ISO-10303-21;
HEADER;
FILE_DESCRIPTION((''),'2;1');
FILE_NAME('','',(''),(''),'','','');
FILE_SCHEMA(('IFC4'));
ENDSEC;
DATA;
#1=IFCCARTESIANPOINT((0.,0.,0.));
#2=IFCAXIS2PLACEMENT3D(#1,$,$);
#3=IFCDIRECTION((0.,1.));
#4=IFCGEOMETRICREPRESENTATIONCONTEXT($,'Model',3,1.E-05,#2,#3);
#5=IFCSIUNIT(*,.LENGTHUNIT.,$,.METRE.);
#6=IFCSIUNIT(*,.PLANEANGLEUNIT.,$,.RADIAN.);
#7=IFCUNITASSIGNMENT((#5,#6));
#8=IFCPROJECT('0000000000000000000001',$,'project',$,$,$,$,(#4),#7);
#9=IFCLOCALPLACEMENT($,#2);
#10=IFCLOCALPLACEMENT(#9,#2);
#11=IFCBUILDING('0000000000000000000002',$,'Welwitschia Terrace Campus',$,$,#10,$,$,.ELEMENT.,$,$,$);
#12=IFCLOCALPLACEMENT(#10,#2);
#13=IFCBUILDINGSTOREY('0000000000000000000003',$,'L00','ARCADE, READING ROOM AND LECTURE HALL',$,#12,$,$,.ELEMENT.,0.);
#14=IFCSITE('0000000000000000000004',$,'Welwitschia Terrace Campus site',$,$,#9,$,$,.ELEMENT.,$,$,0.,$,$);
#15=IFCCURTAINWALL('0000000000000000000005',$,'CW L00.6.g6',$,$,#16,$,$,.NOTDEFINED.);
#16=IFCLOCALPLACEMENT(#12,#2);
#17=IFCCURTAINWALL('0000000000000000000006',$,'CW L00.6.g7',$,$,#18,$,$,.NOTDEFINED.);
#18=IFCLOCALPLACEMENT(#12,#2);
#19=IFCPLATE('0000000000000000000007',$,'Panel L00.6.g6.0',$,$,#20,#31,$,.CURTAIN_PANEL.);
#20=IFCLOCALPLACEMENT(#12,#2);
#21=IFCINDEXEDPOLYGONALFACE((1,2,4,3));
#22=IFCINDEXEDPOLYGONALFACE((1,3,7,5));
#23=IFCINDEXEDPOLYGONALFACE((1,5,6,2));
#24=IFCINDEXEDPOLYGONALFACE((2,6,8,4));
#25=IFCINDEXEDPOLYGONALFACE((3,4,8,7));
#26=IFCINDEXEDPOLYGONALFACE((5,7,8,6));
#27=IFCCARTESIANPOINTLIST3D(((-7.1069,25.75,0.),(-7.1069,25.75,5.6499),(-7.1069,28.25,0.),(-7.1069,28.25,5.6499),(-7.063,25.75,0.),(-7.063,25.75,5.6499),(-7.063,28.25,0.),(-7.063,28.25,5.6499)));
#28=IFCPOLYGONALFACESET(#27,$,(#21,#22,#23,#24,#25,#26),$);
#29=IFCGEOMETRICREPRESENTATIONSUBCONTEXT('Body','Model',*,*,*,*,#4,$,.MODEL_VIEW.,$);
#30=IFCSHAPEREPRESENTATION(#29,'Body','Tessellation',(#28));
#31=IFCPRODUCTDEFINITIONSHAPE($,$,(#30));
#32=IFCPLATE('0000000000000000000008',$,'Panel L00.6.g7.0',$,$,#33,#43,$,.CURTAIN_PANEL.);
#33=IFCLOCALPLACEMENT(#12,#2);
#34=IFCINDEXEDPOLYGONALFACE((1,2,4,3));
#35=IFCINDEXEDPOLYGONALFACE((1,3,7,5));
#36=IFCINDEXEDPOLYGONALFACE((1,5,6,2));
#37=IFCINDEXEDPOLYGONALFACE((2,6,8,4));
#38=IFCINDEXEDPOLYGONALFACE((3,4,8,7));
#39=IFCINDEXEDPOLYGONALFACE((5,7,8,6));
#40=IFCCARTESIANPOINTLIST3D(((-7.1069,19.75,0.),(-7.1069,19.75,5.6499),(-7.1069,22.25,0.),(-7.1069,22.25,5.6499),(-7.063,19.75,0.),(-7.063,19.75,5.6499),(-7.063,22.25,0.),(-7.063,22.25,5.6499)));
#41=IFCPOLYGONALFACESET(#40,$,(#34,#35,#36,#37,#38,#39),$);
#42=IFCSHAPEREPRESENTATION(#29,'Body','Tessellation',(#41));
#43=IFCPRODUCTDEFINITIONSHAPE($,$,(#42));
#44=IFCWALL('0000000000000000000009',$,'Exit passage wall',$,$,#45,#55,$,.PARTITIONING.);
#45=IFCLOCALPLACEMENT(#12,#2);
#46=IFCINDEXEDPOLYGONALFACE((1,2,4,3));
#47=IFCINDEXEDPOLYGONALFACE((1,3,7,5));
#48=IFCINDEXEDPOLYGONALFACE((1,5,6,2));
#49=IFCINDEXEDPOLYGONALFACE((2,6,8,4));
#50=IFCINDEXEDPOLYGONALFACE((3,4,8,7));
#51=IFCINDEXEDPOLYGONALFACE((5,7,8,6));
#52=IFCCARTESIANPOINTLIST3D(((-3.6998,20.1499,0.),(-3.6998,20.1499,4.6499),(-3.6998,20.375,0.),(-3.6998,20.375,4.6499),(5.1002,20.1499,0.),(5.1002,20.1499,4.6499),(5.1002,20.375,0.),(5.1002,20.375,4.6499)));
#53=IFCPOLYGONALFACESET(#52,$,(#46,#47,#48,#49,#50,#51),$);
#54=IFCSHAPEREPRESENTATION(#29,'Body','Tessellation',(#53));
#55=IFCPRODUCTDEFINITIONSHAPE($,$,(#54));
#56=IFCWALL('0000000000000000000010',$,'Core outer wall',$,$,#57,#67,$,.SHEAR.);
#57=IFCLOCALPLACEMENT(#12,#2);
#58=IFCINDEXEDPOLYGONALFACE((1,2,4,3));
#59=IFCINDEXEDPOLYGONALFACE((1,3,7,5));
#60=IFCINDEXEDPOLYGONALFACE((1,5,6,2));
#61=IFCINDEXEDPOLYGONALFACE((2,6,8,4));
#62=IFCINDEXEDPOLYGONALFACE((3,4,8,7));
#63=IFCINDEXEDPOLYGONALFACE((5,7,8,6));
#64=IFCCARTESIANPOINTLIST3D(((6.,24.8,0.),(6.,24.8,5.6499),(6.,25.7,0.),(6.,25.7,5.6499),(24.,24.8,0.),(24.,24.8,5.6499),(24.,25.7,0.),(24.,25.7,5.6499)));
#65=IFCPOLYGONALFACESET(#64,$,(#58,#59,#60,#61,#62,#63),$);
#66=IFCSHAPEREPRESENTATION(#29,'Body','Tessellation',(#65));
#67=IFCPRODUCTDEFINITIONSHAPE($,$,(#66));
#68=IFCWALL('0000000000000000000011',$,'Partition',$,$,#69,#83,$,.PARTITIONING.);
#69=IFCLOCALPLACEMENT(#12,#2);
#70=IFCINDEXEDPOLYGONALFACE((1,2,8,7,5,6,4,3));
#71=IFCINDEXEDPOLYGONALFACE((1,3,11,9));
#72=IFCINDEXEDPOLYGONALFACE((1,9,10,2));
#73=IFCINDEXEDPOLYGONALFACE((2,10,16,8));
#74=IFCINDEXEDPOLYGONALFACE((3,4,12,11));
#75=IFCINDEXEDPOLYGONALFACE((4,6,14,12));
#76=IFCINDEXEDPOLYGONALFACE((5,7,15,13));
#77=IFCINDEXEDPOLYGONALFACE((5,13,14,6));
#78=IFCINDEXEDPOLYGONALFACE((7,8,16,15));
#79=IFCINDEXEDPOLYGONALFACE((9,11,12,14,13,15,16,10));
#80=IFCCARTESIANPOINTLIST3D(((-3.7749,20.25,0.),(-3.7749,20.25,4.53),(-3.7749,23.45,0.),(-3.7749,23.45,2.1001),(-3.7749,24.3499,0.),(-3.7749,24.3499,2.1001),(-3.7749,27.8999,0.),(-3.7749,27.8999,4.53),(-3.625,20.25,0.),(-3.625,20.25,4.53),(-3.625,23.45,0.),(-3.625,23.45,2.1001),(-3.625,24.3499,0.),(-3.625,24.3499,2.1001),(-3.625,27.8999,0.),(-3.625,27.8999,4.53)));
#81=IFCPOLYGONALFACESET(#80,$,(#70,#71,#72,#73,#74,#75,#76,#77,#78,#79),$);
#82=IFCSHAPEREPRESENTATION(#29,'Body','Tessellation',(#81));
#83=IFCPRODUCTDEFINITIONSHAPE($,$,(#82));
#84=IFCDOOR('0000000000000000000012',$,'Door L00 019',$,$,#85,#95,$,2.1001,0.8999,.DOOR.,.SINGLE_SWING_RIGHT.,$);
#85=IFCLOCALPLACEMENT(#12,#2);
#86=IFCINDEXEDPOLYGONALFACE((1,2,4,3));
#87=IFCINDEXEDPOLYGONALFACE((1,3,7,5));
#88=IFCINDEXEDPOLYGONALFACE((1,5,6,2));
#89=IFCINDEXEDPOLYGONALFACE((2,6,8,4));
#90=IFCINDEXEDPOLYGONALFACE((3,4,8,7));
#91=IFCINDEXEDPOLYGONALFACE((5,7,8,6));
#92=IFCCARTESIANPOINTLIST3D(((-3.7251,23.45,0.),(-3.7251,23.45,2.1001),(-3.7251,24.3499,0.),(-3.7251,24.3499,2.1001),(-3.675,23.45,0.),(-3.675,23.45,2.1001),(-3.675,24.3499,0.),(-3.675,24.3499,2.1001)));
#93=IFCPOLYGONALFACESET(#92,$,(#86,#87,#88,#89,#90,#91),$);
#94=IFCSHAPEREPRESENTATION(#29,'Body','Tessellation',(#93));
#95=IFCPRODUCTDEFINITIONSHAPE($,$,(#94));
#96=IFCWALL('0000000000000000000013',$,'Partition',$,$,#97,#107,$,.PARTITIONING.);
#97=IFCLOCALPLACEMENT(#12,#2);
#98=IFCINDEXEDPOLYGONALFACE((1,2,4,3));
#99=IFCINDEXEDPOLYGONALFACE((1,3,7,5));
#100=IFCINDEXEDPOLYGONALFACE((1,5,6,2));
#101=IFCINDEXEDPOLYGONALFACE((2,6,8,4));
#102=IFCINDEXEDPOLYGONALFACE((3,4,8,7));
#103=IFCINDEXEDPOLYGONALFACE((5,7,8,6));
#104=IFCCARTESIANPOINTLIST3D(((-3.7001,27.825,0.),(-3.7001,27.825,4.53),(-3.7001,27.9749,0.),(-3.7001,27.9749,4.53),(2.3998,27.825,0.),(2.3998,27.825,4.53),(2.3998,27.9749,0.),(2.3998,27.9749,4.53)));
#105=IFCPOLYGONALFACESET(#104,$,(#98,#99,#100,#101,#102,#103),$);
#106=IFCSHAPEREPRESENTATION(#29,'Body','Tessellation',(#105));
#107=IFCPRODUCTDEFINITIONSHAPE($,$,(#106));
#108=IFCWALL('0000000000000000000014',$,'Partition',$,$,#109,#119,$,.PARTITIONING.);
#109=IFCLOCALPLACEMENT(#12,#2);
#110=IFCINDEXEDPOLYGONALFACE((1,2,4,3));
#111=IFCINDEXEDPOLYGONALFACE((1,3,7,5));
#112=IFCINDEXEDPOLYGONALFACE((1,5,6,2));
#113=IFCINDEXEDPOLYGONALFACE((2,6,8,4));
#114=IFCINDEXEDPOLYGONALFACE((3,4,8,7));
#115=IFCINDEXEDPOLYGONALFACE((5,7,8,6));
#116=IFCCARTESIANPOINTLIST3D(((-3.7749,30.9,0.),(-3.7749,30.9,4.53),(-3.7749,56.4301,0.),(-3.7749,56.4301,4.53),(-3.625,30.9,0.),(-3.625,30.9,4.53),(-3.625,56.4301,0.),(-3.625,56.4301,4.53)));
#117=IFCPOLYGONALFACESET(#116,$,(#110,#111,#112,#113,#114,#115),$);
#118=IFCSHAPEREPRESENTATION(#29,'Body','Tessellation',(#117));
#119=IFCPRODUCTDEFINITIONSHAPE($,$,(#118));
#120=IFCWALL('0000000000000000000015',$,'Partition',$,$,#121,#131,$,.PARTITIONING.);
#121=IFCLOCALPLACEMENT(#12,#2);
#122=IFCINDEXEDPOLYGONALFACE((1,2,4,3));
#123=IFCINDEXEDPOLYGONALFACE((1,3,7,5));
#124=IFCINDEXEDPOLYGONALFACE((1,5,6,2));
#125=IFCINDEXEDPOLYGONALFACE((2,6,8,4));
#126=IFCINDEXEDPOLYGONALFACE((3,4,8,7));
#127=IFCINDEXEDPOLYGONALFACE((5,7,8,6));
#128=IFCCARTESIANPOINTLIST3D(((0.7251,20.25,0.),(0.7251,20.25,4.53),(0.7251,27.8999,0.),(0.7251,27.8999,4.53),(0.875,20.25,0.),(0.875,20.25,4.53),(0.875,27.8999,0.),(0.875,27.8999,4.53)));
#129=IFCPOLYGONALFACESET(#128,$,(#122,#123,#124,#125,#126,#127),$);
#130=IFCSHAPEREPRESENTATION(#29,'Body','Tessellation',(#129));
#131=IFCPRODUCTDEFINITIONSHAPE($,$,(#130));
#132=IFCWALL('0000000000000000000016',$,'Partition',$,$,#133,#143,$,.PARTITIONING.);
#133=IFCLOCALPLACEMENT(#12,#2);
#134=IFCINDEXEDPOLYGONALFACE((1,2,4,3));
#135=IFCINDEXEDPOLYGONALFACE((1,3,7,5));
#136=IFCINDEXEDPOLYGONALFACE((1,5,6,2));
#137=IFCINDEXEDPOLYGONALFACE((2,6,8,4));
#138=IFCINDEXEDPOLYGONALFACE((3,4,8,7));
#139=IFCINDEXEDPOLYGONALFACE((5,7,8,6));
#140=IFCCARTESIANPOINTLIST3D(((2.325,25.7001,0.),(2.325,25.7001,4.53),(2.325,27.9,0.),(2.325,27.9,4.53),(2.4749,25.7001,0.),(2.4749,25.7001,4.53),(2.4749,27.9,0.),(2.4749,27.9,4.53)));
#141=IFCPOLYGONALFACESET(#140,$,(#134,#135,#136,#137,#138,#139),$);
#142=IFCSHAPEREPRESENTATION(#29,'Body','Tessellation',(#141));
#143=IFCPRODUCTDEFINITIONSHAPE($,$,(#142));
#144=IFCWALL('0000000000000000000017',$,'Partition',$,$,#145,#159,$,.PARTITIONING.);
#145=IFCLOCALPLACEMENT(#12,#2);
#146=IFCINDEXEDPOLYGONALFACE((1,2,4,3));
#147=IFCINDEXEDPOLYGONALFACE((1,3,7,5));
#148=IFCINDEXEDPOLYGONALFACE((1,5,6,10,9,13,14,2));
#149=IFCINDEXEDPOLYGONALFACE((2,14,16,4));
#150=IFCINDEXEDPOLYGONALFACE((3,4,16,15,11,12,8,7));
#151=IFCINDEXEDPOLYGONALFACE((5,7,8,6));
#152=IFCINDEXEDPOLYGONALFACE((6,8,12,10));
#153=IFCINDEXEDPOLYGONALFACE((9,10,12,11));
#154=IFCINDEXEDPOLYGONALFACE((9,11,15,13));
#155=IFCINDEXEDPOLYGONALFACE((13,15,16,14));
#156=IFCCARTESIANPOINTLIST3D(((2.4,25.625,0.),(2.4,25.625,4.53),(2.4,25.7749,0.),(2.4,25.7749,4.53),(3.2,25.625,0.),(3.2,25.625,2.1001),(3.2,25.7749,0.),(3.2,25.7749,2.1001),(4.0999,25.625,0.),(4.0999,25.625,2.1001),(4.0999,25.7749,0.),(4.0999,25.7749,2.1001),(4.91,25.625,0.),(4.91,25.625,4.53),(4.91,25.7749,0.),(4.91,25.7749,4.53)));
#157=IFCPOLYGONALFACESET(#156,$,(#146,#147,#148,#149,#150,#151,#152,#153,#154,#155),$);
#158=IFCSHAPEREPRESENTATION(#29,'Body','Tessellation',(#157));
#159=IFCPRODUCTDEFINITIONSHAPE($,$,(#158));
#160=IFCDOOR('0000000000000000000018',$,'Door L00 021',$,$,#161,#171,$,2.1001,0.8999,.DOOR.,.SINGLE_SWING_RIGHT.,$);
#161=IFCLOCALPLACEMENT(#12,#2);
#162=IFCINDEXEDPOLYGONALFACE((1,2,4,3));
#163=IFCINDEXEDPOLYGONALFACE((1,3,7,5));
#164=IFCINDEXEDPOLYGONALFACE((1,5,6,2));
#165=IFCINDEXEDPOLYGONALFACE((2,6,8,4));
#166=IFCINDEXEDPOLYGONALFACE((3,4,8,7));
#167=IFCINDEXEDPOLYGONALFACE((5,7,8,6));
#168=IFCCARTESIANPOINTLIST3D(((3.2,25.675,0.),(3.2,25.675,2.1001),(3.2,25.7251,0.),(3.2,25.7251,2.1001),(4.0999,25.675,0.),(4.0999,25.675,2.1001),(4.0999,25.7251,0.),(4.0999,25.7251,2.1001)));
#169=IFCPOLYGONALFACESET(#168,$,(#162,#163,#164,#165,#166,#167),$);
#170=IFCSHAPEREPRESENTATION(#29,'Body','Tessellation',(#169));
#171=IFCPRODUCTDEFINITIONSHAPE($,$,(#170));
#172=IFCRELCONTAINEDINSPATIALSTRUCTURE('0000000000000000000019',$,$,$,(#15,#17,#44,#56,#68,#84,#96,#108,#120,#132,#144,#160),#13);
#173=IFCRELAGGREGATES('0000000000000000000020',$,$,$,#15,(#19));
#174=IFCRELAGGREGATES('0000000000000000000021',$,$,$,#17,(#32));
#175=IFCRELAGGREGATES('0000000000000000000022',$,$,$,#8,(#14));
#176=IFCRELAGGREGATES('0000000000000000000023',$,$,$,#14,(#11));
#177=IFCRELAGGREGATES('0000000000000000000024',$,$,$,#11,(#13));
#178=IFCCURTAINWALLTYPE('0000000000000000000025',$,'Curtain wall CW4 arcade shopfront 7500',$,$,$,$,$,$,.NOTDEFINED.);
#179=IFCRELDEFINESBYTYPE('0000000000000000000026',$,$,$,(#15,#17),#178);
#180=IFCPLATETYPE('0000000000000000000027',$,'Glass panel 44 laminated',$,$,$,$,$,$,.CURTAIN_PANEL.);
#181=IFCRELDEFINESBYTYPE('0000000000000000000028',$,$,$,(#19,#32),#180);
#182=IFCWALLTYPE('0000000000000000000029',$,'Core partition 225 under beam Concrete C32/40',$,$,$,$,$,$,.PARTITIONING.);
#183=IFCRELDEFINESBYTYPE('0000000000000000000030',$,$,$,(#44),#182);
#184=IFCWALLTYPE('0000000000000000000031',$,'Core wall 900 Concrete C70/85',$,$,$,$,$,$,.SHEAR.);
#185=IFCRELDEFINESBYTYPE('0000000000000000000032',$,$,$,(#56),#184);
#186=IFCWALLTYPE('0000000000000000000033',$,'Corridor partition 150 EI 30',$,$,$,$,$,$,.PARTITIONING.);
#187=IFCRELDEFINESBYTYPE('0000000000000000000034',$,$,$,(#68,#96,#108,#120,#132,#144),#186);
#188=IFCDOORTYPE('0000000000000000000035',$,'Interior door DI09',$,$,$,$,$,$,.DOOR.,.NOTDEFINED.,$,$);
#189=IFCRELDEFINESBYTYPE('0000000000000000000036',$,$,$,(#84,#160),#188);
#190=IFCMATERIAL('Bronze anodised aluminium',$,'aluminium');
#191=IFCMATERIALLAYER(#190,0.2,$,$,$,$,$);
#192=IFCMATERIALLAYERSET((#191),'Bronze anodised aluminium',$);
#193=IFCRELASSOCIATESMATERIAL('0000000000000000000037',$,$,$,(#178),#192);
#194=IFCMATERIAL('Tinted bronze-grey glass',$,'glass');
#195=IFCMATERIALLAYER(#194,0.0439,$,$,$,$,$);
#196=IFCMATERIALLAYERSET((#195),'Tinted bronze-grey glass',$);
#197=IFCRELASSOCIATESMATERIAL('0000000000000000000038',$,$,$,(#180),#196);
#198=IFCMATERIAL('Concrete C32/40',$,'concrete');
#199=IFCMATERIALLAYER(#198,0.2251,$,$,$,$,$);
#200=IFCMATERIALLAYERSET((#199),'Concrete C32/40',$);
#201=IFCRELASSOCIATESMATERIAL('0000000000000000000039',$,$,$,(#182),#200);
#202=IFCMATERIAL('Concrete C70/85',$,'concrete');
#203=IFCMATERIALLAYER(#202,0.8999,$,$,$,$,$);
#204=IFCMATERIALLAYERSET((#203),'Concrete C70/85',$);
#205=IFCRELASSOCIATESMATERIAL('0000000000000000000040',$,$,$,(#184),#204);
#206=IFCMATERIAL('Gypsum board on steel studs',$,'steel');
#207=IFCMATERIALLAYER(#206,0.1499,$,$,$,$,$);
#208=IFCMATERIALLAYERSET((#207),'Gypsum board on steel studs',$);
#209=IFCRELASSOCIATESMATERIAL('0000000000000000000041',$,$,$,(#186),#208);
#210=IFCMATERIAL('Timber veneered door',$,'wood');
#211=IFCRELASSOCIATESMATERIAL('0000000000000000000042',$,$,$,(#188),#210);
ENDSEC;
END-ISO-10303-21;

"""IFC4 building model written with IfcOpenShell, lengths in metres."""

from ifc_helpers import new_model, si_unit, direction, frame, frame_2d, origin, origin_2d, place, context, subcontext, project, spatial, rectangle, extrude, material, layer, layer_set, type_object, element, fill, aggregate, save


model = new_model("IFC4")

# Units and contexts
model_context = context("Model", 3, precision=1e-05, world=origin(), true_north=direction((0.0, 1.0)))
body_context = subcontext(model_context, "Body", "Model", "MODEL_VIEW")
ifc_project = project(units=[si_unit("LENGTHUNIT", "METRE"), si_unit("PLANEANGLEUNIT", "RADIAN")], contexts=[model_context])

# Site, building, storey
site_placement = place(None, origin())
site = spatial("IfcSite", under=ifc_project, at=site_placement, Name="Welwitschia Terrace Campus site", CompositionType="ELEMENT", RefElevation=0.0)
building_placement = place(site_placement, origin())
building = spatial("IfcBuilding", under=site, at=building_placement, Name="Welwitschia Terrace Campus", CompositionType="ELEMENT")
storey_placement = place(building_placement, origin())
storey = spatial("IfcBuildingStorey", under=building, at=storey_placement, Name="L00", Description="ARCADE, READING ROOM AND LECTURE HALL", CompositionType="ELEMENT", Elevation=0.0)

# Curtain wall
ifc_material_1 = material(Name="Bronze anodised aluminium", Category="aluminium")
ifc_layer_1 = layer(ifc_material_1, 0.2)
ifc_layer_set_1 = layer_set([ifc_layer_1], Name="Bronze anodised aluminium")
curtain_wall_type = type_object("IfcCurtainWallType", Name="Curtain wall CW4 arcade shopfront 7500", PredefinedType="NOTDEFINED", material=ifc_layer_set_1)
curtain_wall_1_placement = place(storey_placement, origin())
curtain_wall_1 = element("IfcCurtainWall", 1, at=curtain_wall_1_placement, inside=storey, type_object=curtain_wall_type, Name="CW L00.6.g6", PredefinedType="NOTDEFINED")

# Curtain wall
curtain_wall_2_placement = place(storey_placement, origin())
curtain_wall_2 = element("IfcCurtainWall", 2, at=curtain_wall_2_placement, inside=storey, type_object=curtain_wall_type, Name="CW L00.6.g7", PredefinedType="NOTDEFINED")

# Plates
ifc_material_2 = material(Name="Tinted bronze-grey glass", Category="glass")
ifc_layer_2 = layer(ifc_material_2, 0.0439)
ifc_layer_set_2 = layer_set([ifc_layer_2], Name="Tinted bronze-grey glass")
plate_type = type_object("IfcPlateType", Name="Glass panel 44 laminated", PredefinedType="CURTAIN_PANEL", material=ifc_layer_set_2)
plate_1_placement = place(storey_placement, frame((-7.085, 27.0, 0.0), z_axis=(0.0, 0.0, 1.0), x_axis=(0.0, -1.0, 0.0)))
plate_1 = element("IfcPlate", 3, at=plate_1_placement, type_object=plate_type, Name="Panel L00.6.g6.0", PredefinedType="CURTAIN_PANEL", context=body_context, shape_type="SweptSolid", body=[
    extrude(rectangle(XDim=2.5, YDim=0.0439, at=origin_2d()), origin(), (0.0, 0.0, 1.0), 5.6499),
])
aggregate(curtain_wall_1, [plate_1])
plate_2_placement = place(storey_placement, frame((-7.085, 21.0, 0.0), z_axis=(0.0, 0.0, 1.0), x_axis=(0.0, -1.0, 0.0)))
plate_2 = element("IfcPlate", 4, at=plate_2_placement, type_object=plate_type, Name="Panel L00.6.g7.0", PredefinedType="CURTAIN_PANEL", context=body_context, shape_type="SweptSolid", body=[
    extrude(rectangle(XDim=2.5, YDim=0.0439, at=origin_2d()), origin(), (0.0, 0.0, 1.0), 5.6499),
])
aggregate(curtain_wall_2, [plate_2])

# Walls
ifc_material_3 = material(Name="Concrete C32/40", Category="concrete")
ifc_layer_3 = layer(ifc_material_3, 0.2251)
ifc_layer_set_3 = layer_set([ifc_layer_3], Name="Concrete C32/40")
wall_type_1 = type_object("IfcWallType", Name="Core partition 225 under beam Concrete C32/40", PredefinedType="PARTITIONING", material=ifc_layer_set_3)
wall_1_placement = place(storey_placement, frame((5.1001, 20.2625, 0.0), z_axis=(0.0, 0.0, 1.0), x_axis=(-1.0, 0.0, 0.0)))
element("IfcWall", 5, at=wall_1_placement, inside=storey, type_object=wall_type_1, Name="Exit passage wall", PredefinedType="PARTITIONING", context=body_context, shape_type="SweptSolid", body=[
    extrude(rectangle(XDim=8.8, YDim=0.2251, at=frame_2d((4.3999, 0.0))), origin(), (0.0, 0.0, 1.0), 4.6499),
])
ifc_material_4 = material(Name="Concrete C70/85", Category="concrete")
ifc_layer_4 = layer(ifc_material_4, 0.8999)
ifc_layer_set_4 = layer_set([ifc_layer_4], Name="Concrete C70/85")
wall_type_2 = type_object("IfcWallType", Name="Core wall 900 Concrete C70/85", PredefinedType="SHEAR", material=ifc_layer_set_4)
wall_2_placement = place(storey_placement, frame((6.0, 25.25, 0.0), z_axis=(0.0, 0.0, 1.0), x_axis=(1.0, 0.0, 0.0)))
element("IfcWall", 6, at=wall_2_placement, inside=storey, type_object=wall_type_2, Name="Core outer wall", PredefinedType="SHEAR", context=body_context, shape_type="SweptSolid", body=[
    extrude(rectangle(XDim=18.0, YDim=0.8999, at=frame_2d((9.0, 0.0))), origin(), (0.0, 0.0, 1.0), 5.6499),
])

# Wall, opening, door
ifc_material_5 = material(Name="Gypsum board on steel studs", Category="steel")
ifc_layer_5 = layer(ifc_material_5, 0.1499)
ifc_layer_set_5 = layer_set([ifc_layer_5], Name="Gypsum board on steel studs")
wall_type_3 = type_object("IfcWallType", Name="Corridor partition 150 EI 30", PredefinedType="PARTITIONING", material=ifc_layer_set_5)
wall_3_placement = place(storey_placement, frame((-3.7, 27.8999, 0.0), z_axis=(0.0, 0.0, 1.0), x_axis=(0.0, -1.0, 0.0)))
wall_3 = element("IfcWall", 7, at=wall_3_placement, inside=storey, type_object=wall_type_3, Name="Partition", PredefinedType="PARTITIONING", context=body_context, shape_type="SweptSolid", body=[
    extrude(rectangle(XDim=7.6499, YDim=0.1499, at=frame_2d((3.825, 0.0))), origin(), (0.0, 0.0, 1.0), 4.53),
])
opening_1_placement = place(wall_3_placement, frame((3.55, 0.0, 0.0)))
opening_1 = element("IfcOpeningElement", 8, at=opening_1_placement, cuts=wall_3, PredefinedType="OPENING", context=body_context, shape_type="SweptSolid", body=[
    extrude(rectangle(XDim=0.8999, YDim=2.1001, at=frame_2d((0.45, 1.05))), frame((0.0, 0.085, 0.0), z_axis=(0.0, -1.0, 0.0), x_axis=(1.0, 0.0, 0.0)), (0.0, 0.0, 1.0), 0.1699),
])
ifc_material_6 = material(Name="Timber veneered door", Category="wood")
door_type_1 = type_object("IfcDoorType", Name="Interior door DI09", OperationType="NOTDEFINED", PredefinedType="DOOR", material=ifc_material_6)
door_1_placement = place(opening_1_placement, origin())
door_1 = element("IfcDoor", 9, at=door_1_placement, inside=storey, type_object=door_type_1, Name="Door L00 019", OperationType="SINGLE_SWING_RIGHT", OverallHeight=2.1001, OverallWidth=0.8999, PredefinedType="DOOR", context=body_context, shape_type="SweptSolid", body=[
    extrude(rectangle(XDim=0.8999, YDim=2.1001, at=frame_2d((0.45, 1.05))), frame((0.0, 0.0249, 0.0), z_axis=(0.0, -1.0, 0.0), x_axis=(1.0, 0.0, 0.0)), (0.0, 0.0, 1.0), 0.05),
])
fill(opening_1, door_1)

# Walls
wall_4_placement = place(storey_placement, frame((-3.7, 27.8999, 0.0), z_axis=(0.0, 0.0, 1.0), x_axis=(1.0, 0.0, 0.0)))
element("IfcWall", 10, at=wall_4_placement, inside=storey, type_object=wall_type_3, Name="Partition", PredefinedType="PARTITIONING", context=body_context, shape_type="SweptSolid", body=[
    extrude(rectangle(XDim=6.0999, YDim=0.1499, at=frame_2d((3.0498, 0.0))), origin(), (0.0, 0.0, 1.0), 4.53),
])
wall_5_placement = place(storey_placement, frame((-3.7, 30.8999, 0.0), z_axis=(0.0, 0.0, 1.0), x_axis=(0.0, 1.0, 0.0)))
element("IfcWall", 11, at=wall_5_placement, inside=storey, type_object=wall_type_3, Name="Partition", PredefinedType="PARTITIONING", context=body_context, shape_type="SweptSolid", body=[
    extrude(rectangle(XDim=25.53, YDim=0.1499, at=frame_2d((12.7651, 0.0))), origin(), (0.0, 0.0, 1.0), 4.53),
])
wall_6_placement = place(storey_placement, frame((0.8, 20.25, 0.0), z_axis=(0.0, 0.0, 1.0), x_axis=(0.0, 1.0, 0.0)))
element("IfcWall", 12, at=wall_6_placement, inside=storey, type_object=wall_type_3, Name="Partition", PredefinedType="PARTITIONING", context=body_context, shape_type="SweptSolid", body=[
    extrude(rectangle(XDim=7.6499, YDim=0.1499, at=frame_2d((3.825, 0.0))), origin(), (0.0, 0.0, 1.0), 4.53),
])
wall_7_placement = place(storey_placement, frame((2.3999, 25.7, 0.0), z_axis=(0.0, 0.0, 1.0), x_axis=(0.0, 1.0, 0.0)))
element("IfcWall", 13, at=wall_7_placement, inside=storey, type_object=wall_type_3, Name="Partition", PredefinedType="PARTITIONING", context=body_context, shape_type="SweptSolid", body=[
    extrude(rectangle(XDim=2.2, YDim=0.1499, at=frame_2d((1.1001, 0.0))), origin(), (0.0, 0.0, 1.0), 4.53),
])

# Wall, opening, door
wall_8_placement = place(storey_placement, frame((4.9099, 25.7, 0.0), z_axis=(0.0, 0.0, 1.0), x_axis=(-1.0, 0.0, 0.0)))
wall_8 = element("IfcWall", 14, at=wall_8_placement, inside=storey, type_object=wall_type_3, Name="Partition", PredefinedType="PARTITIONING", context=body_context, shape_type="SweptSolid", body=[
    extrude(rectangle(XDim=2.51, YDim=0.1499, at=frame_2d((1.2549, 0.0))), origin(), (0.0, 0.0, 1.0), 4.53),
])
opening_2_placement = place(wall_8_placement, frame((0.8101, 0.0, 0.0)))
opening_2 = element("IfcOpeningElement", 15, at=opening_2_placement, cuts=wall_8, PredefinedType="OPENING", context=body_context, shape_type="SweptSolid", body=[
    extrude(rectangle(XDim=0.8999, YDim=2.1001, at=frame_2d((0.45, 1.05))), frame((0.0, 0.085, 0.0), z_axis=(0.0, -1.0, 0.0), x_axis=(1.0, 0.0, 0.0)), (0.0, 0.0, 1.0), 0.1699),
])
door_2_placement = place(opening_2_placement, origin())
door_2 = element("IfcDoor", 16, at=door_2_placement, inside=storey, type_object=door_type_1, Name="Door L00 021", OperationType="SINGLE_SWING_RIGHT", OverallHeight=2.1001, OverallWidth=0.8999, PredefinedType="DOOR", context=body_context, shape_type="SweptSolid", body=[
    extrude(rectangle(XDim=0.8999, YDim=2.1001, at=frame_2d((0.45, 1.05))), frame((0.0, 0.0249, 0.0), z_axis=(0.0, -1.0, 0.0), x_axis=(1.0, 0.0, 0.0)), (0.0, 0.0, 1.0), 0.05),
])
fill(opening_2, door_2)

save(model, "model.ifc")
